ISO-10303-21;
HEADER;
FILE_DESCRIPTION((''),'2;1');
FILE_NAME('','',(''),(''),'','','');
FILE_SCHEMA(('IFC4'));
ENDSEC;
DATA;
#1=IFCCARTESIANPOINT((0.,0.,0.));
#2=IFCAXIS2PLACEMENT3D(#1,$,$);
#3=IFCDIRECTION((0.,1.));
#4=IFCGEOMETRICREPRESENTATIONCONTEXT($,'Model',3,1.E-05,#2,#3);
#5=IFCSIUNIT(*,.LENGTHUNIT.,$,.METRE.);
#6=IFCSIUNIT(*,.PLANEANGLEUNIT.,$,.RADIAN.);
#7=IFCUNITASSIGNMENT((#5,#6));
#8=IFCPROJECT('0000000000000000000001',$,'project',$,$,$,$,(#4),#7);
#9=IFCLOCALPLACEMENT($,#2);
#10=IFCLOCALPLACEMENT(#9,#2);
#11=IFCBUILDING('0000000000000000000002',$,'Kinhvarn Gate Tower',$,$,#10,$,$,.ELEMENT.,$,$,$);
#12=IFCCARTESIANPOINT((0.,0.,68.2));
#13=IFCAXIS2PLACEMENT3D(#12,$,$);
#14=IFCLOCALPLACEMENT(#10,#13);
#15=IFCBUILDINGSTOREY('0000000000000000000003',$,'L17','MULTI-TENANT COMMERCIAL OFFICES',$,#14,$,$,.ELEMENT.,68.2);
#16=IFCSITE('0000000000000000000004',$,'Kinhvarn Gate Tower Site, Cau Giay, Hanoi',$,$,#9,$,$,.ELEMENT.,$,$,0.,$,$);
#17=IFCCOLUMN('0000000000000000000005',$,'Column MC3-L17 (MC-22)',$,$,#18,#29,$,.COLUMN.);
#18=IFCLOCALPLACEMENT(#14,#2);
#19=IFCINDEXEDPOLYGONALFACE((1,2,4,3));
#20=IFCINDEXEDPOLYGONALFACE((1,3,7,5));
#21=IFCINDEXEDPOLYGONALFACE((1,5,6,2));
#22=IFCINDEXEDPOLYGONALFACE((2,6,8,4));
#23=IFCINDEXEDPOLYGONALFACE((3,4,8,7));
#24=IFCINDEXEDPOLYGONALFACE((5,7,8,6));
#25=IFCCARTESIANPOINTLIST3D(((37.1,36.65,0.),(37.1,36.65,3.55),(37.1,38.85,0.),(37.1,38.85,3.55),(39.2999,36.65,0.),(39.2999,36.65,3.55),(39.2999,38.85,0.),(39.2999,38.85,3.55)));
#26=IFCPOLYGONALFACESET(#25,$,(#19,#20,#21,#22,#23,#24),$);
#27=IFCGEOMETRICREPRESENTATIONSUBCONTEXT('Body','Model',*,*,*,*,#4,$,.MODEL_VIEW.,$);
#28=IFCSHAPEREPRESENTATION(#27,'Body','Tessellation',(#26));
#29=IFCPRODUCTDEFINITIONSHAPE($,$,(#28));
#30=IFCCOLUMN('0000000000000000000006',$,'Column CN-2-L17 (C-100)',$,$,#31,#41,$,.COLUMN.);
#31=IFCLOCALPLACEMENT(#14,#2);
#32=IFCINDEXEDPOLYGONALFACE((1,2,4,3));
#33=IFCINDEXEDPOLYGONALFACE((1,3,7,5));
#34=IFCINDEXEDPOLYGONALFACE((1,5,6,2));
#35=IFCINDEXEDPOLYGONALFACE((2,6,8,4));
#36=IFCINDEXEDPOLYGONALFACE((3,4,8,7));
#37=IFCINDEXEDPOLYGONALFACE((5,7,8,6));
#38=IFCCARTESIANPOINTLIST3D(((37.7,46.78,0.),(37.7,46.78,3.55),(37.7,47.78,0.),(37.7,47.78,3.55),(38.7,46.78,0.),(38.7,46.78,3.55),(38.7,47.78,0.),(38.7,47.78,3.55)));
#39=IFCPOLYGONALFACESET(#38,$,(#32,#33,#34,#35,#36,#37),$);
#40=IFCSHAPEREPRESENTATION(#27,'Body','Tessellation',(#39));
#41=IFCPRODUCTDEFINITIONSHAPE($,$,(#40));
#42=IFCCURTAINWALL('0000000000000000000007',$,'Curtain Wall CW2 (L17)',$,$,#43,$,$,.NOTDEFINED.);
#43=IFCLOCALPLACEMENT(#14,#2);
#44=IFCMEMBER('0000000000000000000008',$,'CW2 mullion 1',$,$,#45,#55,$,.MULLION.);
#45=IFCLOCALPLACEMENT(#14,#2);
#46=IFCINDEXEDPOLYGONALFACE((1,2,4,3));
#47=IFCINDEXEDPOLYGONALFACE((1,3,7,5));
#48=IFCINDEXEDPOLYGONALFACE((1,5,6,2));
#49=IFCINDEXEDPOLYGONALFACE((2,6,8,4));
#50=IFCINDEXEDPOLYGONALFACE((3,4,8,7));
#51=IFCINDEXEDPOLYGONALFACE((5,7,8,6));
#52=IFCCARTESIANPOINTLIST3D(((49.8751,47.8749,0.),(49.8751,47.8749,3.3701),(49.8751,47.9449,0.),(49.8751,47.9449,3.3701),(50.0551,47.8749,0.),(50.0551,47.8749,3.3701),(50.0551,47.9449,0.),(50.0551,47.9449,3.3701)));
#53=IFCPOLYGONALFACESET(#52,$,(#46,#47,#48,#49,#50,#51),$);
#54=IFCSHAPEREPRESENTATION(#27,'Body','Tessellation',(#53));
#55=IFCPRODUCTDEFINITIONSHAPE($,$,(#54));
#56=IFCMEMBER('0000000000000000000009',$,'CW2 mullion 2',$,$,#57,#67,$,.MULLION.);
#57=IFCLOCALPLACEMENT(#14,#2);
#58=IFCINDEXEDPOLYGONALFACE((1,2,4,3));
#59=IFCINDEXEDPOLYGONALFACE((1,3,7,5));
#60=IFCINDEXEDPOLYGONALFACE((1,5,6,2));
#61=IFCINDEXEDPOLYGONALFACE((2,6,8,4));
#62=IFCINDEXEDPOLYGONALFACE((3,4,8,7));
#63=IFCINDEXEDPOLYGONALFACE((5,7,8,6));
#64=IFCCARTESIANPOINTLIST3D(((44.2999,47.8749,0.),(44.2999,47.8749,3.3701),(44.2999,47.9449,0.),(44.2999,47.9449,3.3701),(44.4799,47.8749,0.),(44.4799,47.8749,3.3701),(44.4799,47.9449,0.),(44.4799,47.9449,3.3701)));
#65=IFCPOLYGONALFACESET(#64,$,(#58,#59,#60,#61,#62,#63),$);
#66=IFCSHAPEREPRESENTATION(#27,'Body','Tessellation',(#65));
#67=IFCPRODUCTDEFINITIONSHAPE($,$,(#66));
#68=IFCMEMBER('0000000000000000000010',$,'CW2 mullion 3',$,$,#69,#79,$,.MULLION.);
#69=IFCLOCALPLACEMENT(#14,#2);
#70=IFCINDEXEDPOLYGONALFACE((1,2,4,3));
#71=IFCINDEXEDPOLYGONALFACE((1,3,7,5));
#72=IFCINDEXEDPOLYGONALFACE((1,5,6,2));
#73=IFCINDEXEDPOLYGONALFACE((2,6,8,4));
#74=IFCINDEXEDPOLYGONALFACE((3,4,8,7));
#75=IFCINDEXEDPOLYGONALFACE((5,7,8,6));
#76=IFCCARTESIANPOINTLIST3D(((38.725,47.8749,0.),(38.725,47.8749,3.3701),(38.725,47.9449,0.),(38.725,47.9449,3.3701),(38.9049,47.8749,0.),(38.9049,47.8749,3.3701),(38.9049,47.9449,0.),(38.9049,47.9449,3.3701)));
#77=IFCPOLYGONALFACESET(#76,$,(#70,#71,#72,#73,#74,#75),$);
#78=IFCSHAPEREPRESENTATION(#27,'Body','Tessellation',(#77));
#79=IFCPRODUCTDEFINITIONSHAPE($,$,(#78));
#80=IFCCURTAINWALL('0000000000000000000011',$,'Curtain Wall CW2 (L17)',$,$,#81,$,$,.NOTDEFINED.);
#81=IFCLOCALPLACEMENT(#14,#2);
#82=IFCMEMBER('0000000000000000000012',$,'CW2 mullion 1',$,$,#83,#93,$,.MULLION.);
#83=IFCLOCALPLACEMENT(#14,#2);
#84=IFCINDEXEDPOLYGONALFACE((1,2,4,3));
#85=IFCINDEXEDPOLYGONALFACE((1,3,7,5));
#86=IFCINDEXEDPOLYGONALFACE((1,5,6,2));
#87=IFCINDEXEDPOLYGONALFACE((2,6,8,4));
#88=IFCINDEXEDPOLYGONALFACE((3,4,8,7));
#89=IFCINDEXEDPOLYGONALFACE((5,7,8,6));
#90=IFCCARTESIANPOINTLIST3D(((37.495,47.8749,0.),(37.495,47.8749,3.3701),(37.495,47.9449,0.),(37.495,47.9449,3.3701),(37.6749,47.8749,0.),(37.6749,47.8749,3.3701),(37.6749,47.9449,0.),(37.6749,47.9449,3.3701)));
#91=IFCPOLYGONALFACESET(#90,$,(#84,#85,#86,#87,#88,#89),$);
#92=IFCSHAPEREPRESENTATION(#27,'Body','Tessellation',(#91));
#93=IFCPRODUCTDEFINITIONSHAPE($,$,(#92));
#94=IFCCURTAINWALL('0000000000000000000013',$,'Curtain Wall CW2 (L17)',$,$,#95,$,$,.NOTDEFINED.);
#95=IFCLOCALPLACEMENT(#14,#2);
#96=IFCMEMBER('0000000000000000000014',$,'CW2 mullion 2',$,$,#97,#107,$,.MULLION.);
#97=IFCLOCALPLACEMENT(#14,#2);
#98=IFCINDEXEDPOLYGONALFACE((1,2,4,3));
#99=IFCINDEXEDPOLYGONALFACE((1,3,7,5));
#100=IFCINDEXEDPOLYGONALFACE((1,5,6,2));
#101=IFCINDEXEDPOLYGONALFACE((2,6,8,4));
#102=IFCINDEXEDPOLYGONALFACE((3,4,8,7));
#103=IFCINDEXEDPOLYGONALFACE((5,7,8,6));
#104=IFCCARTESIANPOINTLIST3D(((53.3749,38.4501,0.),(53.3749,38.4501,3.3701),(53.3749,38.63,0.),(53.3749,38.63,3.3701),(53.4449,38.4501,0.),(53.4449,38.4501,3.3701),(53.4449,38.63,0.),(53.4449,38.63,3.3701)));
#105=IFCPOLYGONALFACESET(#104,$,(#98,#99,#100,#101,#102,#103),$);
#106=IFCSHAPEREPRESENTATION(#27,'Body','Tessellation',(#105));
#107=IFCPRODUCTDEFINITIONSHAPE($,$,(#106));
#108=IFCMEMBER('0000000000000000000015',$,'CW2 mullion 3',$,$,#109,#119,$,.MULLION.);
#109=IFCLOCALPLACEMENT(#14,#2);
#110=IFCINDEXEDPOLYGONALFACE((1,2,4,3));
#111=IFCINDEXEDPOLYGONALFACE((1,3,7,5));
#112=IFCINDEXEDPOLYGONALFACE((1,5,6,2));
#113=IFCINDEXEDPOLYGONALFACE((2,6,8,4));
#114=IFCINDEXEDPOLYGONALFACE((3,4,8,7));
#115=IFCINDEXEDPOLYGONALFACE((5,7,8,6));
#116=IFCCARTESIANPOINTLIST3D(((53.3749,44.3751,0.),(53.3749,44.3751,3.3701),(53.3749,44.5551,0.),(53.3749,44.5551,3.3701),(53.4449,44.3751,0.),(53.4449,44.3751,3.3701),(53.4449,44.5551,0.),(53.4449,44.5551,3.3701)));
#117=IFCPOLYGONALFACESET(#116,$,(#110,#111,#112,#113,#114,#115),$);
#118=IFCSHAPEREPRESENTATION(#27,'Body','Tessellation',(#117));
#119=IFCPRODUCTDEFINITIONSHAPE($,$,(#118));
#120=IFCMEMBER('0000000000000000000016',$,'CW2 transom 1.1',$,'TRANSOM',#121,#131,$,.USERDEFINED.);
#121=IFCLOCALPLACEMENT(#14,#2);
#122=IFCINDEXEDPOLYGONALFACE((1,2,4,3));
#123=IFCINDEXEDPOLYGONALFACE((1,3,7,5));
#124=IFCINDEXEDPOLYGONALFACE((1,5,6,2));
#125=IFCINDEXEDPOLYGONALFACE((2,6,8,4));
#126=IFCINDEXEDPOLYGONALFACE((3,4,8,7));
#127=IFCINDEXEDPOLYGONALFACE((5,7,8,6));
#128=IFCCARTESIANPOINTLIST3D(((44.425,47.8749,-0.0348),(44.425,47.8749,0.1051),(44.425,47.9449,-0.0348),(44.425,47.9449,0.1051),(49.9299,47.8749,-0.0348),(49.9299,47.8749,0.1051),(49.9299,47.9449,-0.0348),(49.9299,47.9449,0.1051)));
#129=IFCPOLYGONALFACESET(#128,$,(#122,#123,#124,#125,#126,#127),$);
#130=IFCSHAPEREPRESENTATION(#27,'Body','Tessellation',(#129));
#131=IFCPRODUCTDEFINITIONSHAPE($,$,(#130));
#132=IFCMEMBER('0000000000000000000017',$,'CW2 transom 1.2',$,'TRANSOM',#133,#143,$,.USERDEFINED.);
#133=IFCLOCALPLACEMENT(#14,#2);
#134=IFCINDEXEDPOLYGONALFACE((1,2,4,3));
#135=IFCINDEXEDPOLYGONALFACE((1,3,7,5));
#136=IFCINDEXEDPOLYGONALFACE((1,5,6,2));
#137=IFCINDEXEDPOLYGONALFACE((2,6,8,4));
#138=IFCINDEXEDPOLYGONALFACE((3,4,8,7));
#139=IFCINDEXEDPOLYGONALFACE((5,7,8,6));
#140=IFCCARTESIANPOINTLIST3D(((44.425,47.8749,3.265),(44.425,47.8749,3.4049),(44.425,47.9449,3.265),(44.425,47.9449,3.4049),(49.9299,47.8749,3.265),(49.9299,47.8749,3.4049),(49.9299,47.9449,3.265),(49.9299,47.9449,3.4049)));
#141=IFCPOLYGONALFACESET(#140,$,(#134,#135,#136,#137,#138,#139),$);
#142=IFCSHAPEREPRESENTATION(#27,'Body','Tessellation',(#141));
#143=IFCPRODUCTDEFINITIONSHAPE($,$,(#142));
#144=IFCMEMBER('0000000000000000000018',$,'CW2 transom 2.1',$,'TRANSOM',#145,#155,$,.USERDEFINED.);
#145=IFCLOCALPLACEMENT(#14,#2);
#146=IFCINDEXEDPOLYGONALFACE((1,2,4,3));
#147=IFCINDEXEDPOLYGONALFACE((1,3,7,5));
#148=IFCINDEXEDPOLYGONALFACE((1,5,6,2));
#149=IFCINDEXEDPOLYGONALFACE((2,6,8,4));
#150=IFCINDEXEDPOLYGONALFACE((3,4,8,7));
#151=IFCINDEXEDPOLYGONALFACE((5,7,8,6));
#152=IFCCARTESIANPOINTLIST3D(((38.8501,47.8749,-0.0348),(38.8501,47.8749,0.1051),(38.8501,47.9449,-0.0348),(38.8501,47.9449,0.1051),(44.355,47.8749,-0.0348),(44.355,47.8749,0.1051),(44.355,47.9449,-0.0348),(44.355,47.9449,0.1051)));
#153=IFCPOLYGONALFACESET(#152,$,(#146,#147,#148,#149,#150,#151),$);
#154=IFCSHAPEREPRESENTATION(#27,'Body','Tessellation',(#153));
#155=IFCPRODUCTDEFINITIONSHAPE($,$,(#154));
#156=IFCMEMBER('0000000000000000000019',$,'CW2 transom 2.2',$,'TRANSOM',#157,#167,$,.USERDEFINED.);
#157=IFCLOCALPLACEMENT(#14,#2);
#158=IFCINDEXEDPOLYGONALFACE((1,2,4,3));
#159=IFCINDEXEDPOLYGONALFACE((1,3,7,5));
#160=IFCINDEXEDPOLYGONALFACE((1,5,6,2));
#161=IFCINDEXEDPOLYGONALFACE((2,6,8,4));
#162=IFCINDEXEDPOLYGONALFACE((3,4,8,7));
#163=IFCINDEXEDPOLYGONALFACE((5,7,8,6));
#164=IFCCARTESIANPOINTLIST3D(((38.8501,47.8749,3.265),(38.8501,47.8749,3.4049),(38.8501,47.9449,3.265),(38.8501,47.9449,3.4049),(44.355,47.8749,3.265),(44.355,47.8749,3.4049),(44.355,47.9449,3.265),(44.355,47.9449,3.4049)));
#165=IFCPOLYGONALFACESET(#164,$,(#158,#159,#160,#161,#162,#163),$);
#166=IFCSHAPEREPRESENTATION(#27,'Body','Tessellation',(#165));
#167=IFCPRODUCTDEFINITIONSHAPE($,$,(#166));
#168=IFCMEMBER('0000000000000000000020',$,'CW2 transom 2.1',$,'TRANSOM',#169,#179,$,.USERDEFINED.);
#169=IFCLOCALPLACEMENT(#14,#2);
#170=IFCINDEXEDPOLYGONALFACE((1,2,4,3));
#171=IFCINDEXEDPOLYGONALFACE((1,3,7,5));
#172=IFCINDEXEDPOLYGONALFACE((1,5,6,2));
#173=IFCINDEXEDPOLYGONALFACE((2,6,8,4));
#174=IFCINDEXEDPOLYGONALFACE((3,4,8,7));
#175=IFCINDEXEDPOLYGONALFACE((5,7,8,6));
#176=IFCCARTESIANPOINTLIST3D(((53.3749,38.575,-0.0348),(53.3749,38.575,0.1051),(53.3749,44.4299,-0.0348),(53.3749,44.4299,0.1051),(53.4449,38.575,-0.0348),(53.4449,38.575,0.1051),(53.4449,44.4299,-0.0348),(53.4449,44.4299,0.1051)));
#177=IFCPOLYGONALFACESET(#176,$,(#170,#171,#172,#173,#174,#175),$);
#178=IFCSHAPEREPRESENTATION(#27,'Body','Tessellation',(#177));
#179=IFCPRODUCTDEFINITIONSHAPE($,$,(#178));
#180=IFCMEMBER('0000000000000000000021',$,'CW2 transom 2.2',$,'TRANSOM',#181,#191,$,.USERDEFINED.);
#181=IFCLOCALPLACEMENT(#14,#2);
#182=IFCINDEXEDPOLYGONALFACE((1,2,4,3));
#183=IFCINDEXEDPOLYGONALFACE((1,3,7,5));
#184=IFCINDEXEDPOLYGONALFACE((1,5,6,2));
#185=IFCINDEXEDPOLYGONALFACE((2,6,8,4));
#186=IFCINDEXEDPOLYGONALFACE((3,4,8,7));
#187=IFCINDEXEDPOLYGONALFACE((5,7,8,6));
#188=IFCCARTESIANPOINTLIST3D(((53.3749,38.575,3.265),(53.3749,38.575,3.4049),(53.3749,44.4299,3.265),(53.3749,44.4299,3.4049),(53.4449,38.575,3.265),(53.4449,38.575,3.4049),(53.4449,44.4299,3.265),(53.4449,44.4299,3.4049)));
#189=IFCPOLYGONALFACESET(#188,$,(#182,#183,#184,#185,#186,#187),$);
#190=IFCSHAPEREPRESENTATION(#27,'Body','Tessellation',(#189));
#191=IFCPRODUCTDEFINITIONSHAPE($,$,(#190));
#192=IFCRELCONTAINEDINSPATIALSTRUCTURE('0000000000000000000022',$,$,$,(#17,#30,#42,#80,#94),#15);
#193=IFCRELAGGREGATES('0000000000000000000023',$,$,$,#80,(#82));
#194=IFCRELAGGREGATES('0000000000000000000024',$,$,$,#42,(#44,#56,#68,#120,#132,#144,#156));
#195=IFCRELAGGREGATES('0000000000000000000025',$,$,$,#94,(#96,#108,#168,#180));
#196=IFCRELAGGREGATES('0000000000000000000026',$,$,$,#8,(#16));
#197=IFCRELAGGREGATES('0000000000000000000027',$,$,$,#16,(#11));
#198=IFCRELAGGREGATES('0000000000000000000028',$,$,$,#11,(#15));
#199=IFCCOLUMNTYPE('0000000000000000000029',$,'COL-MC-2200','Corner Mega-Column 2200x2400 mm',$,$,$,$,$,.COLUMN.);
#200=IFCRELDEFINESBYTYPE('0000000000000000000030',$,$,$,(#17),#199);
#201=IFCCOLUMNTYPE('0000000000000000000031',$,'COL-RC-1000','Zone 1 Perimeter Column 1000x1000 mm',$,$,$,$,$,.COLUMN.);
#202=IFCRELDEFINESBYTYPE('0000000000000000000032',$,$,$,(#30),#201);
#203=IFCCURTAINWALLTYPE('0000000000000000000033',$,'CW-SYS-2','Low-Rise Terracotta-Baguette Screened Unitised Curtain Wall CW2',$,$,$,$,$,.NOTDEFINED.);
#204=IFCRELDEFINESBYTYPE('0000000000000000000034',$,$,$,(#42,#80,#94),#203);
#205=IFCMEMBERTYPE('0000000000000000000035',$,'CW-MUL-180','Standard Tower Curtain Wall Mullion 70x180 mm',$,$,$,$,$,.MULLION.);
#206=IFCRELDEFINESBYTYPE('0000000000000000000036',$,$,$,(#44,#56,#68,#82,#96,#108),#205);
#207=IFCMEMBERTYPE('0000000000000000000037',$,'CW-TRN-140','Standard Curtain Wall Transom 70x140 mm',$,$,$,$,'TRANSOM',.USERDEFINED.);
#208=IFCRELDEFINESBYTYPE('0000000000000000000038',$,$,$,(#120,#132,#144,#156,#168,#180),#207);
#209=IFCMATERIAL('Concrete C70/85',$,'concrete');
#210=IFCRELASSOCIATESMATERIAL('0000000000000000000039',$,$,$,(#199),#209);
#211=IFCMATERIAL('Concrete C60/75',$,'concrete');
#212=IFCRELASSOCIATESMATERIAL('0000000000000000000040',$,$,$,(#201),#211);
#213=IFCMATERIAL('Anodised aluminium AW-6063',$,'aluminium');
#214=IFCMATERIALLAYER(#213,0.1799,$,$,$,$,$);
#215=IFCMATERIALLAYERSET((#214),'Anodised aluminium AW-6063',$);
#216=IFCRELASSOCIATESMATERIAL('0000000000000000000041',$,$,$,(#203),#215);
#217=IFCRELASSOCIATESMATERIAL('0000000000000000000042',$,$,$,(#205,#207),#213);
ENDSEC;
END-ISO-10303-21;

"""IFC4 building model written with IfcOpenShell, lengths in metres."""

from ifc_helpers import new_model, si_unit, direction, frame, origin, origin_2d, place, context, subcontext, project, spatial, rectangle, extrude, material, layer, layer_set, material_profile, profile_set, type_object, element, aggregate, save


model = new_model("IFC4")

# Units and contexts
model_context = context("Model", 3, precision=1e-05, world=origin(), true_north=direction((0.0, 1.0)))
body_context = subcontext(model_context, "Body", "Model", "MODEL_VIEW")
ifc_project = project(units=[si_unit("LENGTHUNIT", "METRE"), si_unit("PLANEANGLEUNIT", "RADIAN")], contexts=[model_context])

# Site, building, storey
site_placement = place(None, origin())
site = spatial("IfcSite", under=ifc_project, at=site_placement, Name="Kinhvarn Gate Tower Site, Cau Giay, Hanoi", CompositionType="ELEMENT", RefElevation=0.0)
building_placement = place(site_placement, origin())
building = spatial("IfcBuilding", under=site, at=building_placement, Name="Kinhvarn Gate Tower", CompositionType="ELEMENT")
storey_placement = place(building_placement, frame((0.0, 0.0, 68.2)))
storey = spatial("IfcBuildingStorey", under=building, at=storey_placement, Name="L17", Description="MULTI-TENANT COMMERCIAL OFFICES", CompositionType="ELEMENT", Elevation=68.2)

# Columns
ifc_material_1 = material(Name="Concrete C70/85", Category="concrete")
ifc_material_profile_1 = material_profile(ifc_material_1, rectangle(XDim=2.2, YDim=2.2, at=origin_2d()), Name="RC 2200x2200")
ifc_profile_set_1 = profile_set([ifc_material_profile_1], Name="Concrete C70/85")
column_type_1 = type_object("IfcColumnType", Name="COL-MC-2200", Description="Corner Mega-Column 2200x2400 mm", PredefinedType="COLUMN", material=ifc_profile_set_1)
column_1_placement = place(storey_placement, frame((38.2, 37.75, 0.0), z_axis=(0.0, 0.0, 1.0), x_axis=(1.0, 0.0, 0.0)))
element("IfcColumn", 1, at=column_1_placement, inside=storey, type_object=column_type_1, Name="Column MC3-L17 (MC-22)", PredefinedType="COLUMN", context=body_context, shape_type="SweptSolid", body=[
    extrude(rectangle(XDim=2.2, YDim=2.2, at=origin_2d()), origin(), (0.0, 0.0, 1.0), 3.55),
])
ifc_material_2 = material(Name="Concrete C60/75", Category="concrete")
ifc_material_profile_2 = material_profile(ifc_material_2, rectangle(XDim=1.0, YDim=1.0, at=origin_2d()), Name="RC 1000x1000")
ifc_profile_set_2 = profile_set([ifc_material_profile_2], Name="Concrete C60/75")
column_type_2 = type_object("IfcColumnType", Name="COL-RC-1000", Description="Zone 1 Perimeter Column 1000x1000 mm", PredefinedType="COLUMN", material=ifc_profile_set_2)
column_2_placement = place(storey_placement, frame((38.2, 47.28, 0.0), z_axis=(0.0, 0.0, 1.0), x_axis=(1.0, 0.0, 0.0)))
element("IfcColumn", 2, at=column_2_placement, inside=storey, type_object=column_type_2, Name="Column CN-2-L17 (C-100)", PredefinedType="COLUMN", context=body_context, shape_type="SweptSolid", body=[
    extrude(rectangle(XDim=1.0, YDim=1.0, at=origin_2d()), origin(), (0.0, 0.0, 1.0), 3.55),
])

# Curtain wall, members
ifc_material_3 = material(Name="Anodised aluminium AW-6063", Category="aluminium")
ifc_layer_1 = layer(ifc_material_3, 0.1799)
ifc_layer_set_1 = layer_set([ifc_layer_1], Name="Anodised aluminium AW-6063")
curtain_wall_type = type_object("IfcCurtainWallType", Name="CW-SYS-2", Description="Low-Rise Terracotta-Baguette Screened Unitised Curtain Wall CW2", PredefinedType="NOTDEFINED", material=ifc_layer_set_1)
curtain_wall_1_placement = place(storey_placement, origin())
curtain_wall_1 = element("IfcCurtainWall", 3, at=curtain_wall_1_placement, inside=storey, type_object=curtain_wall_type, Name="Curtain Wall CW2 (L17)", PredefinedType="NOTDEFINED")
ifc_material_profile_3 = material_profile(ifc_material_3, rectangle(XDim=0.0701, YDim=0.1799, at=origin_2d()), Name="ALU 70x180")
ifc_profile_set_3 = profile_set([ifc_material_profile_3], Name="Anodised aluminium AW-6063")
member_type_1 = type_object("IfcMemberType", Name="CW-MUL-180", Description="Standard Tower Curtain Wall Mullion 70x180 mm", PredefinedType="MULLION", material=ifc_profile_set_3)
member_1_placement = place(storey_placement, frame((49.9651, 47.9099, 0.0), z_axis=(0.0, 0.0, 1.0), x_axis=(0.0, -1.0, 0.0)))
member_1 = element("IfcMember", 4, at=member_1_placement, type_object=member_type_1, Name="CW2 mullion 1", PredefinedType="MULLION", context=body_context, shape_type="SweptSolid", body=[
    extrude(rectangle(XDim=0.0701, YDim=0.1799, at=origin_2d()), origin(), (0.0, 0.0, 1.0), 3.3701),
])
member_2_placement = place(storey_placement, frame((44.3899, 47.9099, 0.0), z_axis=(0.0, 0.0, 1.0), x_axis=(0.0, -1.0, 0.0)))
member_2 = element("IfcMember", 5, at=member_2_placement, type_object=member_type_1, Name="CW2 mullion 2", PredefinedType="MULLION", context=body_context, shape_type="SweptSolid", body=[
    extrude(rectangle(XDim=0.0701, YDim=0.1799, at=origin_2d()), origin(), (0.0, 0.0, 1.0), 3.3701),
])
member_3_placement = place(storey_placement, frame((38.8149, 47.9099, 0.0), z_axis=(0.0, 0.0, 1.0), x_axis=(0.0, -1.0, 0.0)))
member_3 = element("IfcMember", 6, at=member_3_placement, type_object=member_type_1, Name="CW2 mullion 3", PredefinedType="MULLION", context=body_context, shape_type="SweptSolid", body=[
    extrude(rectangle(XDim=0.0701, YDim=0.1799, at=origin_2d()), origin(), (0.0, 0.0, 1.0), 3.3701),
])

# Curtain wall, member
curtain_wall_2_placement = place(storey_placement, origin())
curtain_wall_2 = element("IfcCurtainWall", 7, at=curtain_wall_2_placement, inside=storey, type_object=curtain_wall_type, Name="Curtain Wall CW2 (L17)", PredefinedType="NOTDEFINED")
member_4_placement = place(storey_placement, frame((37.585, 47.9099, 0.0), z_axis=(0.0, 0.0, 1.0), x_axis=(0.0, -1.0, 0.0)))
member_4 = element("IfcMember", 8, at=member_4_placement, type_object=member_type_1, Name="CW2 mullion 1", PredefinedType="MULLION", context=body_context, shape_type="SweptSolid", body=[
    extrude(rectangle(XDim=0.0701, YDim=0.1799, at=origin_2d()), origin(), (0.0, 0.0, 1.0), 3.3701),
])
aggregate(curtain_wall_2, [member_4])

# Curtain wall, members
curtain_wall_3_placement = place(storey_placement, origin())
curtain_wall_3 = element("IfcCurtainWall", 9, at=curtain_wall_3_placement, inside=storey, type_object=curtain_wall_type, Name="Curtain Wall CW2 (L17)", PredefinedType="NOTDEFINED")
member_5_placement = place(storey_placement, frame((53.4099, 38.54, 0.0), z_axis=(0.0, 0.0, 1.0), x_axis=(-1.0, 0.0, 0.0)))
member_5 = element("IfcMember", 10, at=member_5_placement, type_object=member_type_1, Name="CW2 mullion 2", PredefinedType="MULLION", context=body_context, shape_type="SweptSolid", body=[
    extrude(rectangle(XDim=0.0701, YDim=0.1799, at=origin_2d()), origin(), (0.0, 0.0, 1.0), 3.3701),
])
member_6_placement = place(storey_placement, frame((53.4099, 44.4651, 0.0), z_axis=(0.0, 0.0, 1.0), x_axis=(-1.0, 0.0, 0.0)))
member_6 = element("IfcMember", 11, at=member_6_placement, type_object=member_type_1, Name="CW2 mullion 3", PredefinedType="MULLION", context=body_context, shape_type="SweptSolid", body=[
    extrude(rectangle(XDim=0.0701, YDim=0.1799, at=origin_2d()), origin(), (0.0, 0.0, 1.0), 3.3701),
])

# Members
ifc_material_profile_4 = material_profile(ifc_material_3, rectangle(XDim=0.0701, YDim=0.1399, at=origin_2d()), Name="ALU 70x140")
ifc_profile_set_4 = profile_set([ifc_material_profile_4], Name="Anodised aluminium AW-6063")
member_type_2 = type_object("IfcMemberType", Name="CW-TRN-140", Description="Standard Curtain Wall Transom 70x140 mm", ElementType="TRANSOM", PredefinedType="USERDEFINED", material=ifc_profile_set_4)
member_7_placement = place(storey_placement, frame((49.9299, 47.9099, 0.0352), z_axis=(-1.0, 0.0, 0.0), x_axis=(0.0, -1.0, 0.0)))
member_7 = element("IfcMember", 12, at=member_7_placement, type_object=member_type_2, Name="CW2 transom 1.1", ObjectType="TRANSOM", PredefinedType="USERDEFINED", context=body_context, shape_type="SweptSolid", body=[
    extrude(rectangle(XDim=0.0701, YDim=0.1399, at=origin_2d()), origin(), (0.0, 0.0, 1.0), 5.5049),
])
member_8_placement = place(storey_placement, frame((49.9299, 47.9099, 3.335), z_axis=(-1.0, 0.0, 0.0), x_axis=(0.0, -1.0, 0.0)))
member_8 = element("IfcMember", 13, at=member_8_placement, type_object=member_type_2, Name="CW2 transom 1.2", ObjectType="TRANSOM", PredefinedType="USERDEFINED", context=body_context, shape_type="SweptSolid", body=[
    extrude(rectangle(XDim=0.0701, YDim=0.1399, at=origin_2d()), origin(), (0.0, 0.0, 1.0), 5.5049),
])
member_9_placement = place(storey_placement, frame((44.355, 47.9099, 0.0352), z_axis=(-1.0, 0.0, 0.0), x_axis=(0.0, -1.0, 0.0)))
member_9 = element("IfcMember", 14, at=member_9_placement, type_object=member_type_2, Name="CW2 transom 2.1", ObjectType="TRANSOM", PredefinedType="USERDEFINED", context=body_context, shape_type="SweptSolid", body=[
    extrude(rectangle(XDim=0.0701, YDim=0.1399, at=origin_2d()), origin(), (0.0, 0.0, 1.0), 5.5049),
])
member_10_placement = place(storey_placement, frame((44.355, 47.9099, 3.335), z_axis=(-1.0, 0.0, 0.0), x_axis=(0.0, -1.0, 0.0)))
member_10 = element("IfcMember", 15, at=member_10_placement, type_object=member_type_2, Name="CW2 transom 2.2", ObjectType="TRANSOM", PredefinedType="USERDEFINED", context=body_context, shape_type="SweptSolid", body=[
    extrude(rectangle(XDim=0.0701, YDim=0.1399, at=origin_2d()), origin(), (0.0, 0.0, 1.0), 5.5049),
])
member_11_placement = place(storey_placement, frame((53.4099, 38.575, 0.0352), z_axis=(0.0, 1.0, 0.0), x_axis=(-1.0, 0.0, 0.0)))
member_11 = element("IfcMember", 16, at=member_11_placement, type_object=member_type_2, Name="CW2 transom 2.1", ObjectType="TRANSOM", PredefinedType="USERDEFINED", context=body_context, shape_type="SweptSolid", body=[
    extrude(rectangle(XDim=0.0701, YDim=0.1399, at=origin_2d()), origin(), (0.0, 0.0, 1.0), 5.855),
])
member_12_placement = place(storey_placement, frame((53.4099, 38.575, 3.335), z_axis=(0.0, 1.0, 0.0), x_axis=(-1.0, 0.0, 0.0)))
member_12 = element("IfcMember", 17, at=member_12_placement, type_object=member_type_2, Name="CW2 transom 2.2", ObjectType="TRANSOM", PredefinedType="USERDEFINED", context=body_context, shape_type="SweptSolid", body=[
    extrude(rectangle(XDim=0.0701, YDim=0.1399, at=origin_2d()), origin(), (0.0, 0.0, 1.0), 5.855),
])

aggregate(curtain_wall_1, [member_1, member_2, member_3, member_7, member_8, member_9, member_10])
aggregate(curtain_wall_3, [member_5, member_6, member_11, member_12])

save(model, "model.ifc")
